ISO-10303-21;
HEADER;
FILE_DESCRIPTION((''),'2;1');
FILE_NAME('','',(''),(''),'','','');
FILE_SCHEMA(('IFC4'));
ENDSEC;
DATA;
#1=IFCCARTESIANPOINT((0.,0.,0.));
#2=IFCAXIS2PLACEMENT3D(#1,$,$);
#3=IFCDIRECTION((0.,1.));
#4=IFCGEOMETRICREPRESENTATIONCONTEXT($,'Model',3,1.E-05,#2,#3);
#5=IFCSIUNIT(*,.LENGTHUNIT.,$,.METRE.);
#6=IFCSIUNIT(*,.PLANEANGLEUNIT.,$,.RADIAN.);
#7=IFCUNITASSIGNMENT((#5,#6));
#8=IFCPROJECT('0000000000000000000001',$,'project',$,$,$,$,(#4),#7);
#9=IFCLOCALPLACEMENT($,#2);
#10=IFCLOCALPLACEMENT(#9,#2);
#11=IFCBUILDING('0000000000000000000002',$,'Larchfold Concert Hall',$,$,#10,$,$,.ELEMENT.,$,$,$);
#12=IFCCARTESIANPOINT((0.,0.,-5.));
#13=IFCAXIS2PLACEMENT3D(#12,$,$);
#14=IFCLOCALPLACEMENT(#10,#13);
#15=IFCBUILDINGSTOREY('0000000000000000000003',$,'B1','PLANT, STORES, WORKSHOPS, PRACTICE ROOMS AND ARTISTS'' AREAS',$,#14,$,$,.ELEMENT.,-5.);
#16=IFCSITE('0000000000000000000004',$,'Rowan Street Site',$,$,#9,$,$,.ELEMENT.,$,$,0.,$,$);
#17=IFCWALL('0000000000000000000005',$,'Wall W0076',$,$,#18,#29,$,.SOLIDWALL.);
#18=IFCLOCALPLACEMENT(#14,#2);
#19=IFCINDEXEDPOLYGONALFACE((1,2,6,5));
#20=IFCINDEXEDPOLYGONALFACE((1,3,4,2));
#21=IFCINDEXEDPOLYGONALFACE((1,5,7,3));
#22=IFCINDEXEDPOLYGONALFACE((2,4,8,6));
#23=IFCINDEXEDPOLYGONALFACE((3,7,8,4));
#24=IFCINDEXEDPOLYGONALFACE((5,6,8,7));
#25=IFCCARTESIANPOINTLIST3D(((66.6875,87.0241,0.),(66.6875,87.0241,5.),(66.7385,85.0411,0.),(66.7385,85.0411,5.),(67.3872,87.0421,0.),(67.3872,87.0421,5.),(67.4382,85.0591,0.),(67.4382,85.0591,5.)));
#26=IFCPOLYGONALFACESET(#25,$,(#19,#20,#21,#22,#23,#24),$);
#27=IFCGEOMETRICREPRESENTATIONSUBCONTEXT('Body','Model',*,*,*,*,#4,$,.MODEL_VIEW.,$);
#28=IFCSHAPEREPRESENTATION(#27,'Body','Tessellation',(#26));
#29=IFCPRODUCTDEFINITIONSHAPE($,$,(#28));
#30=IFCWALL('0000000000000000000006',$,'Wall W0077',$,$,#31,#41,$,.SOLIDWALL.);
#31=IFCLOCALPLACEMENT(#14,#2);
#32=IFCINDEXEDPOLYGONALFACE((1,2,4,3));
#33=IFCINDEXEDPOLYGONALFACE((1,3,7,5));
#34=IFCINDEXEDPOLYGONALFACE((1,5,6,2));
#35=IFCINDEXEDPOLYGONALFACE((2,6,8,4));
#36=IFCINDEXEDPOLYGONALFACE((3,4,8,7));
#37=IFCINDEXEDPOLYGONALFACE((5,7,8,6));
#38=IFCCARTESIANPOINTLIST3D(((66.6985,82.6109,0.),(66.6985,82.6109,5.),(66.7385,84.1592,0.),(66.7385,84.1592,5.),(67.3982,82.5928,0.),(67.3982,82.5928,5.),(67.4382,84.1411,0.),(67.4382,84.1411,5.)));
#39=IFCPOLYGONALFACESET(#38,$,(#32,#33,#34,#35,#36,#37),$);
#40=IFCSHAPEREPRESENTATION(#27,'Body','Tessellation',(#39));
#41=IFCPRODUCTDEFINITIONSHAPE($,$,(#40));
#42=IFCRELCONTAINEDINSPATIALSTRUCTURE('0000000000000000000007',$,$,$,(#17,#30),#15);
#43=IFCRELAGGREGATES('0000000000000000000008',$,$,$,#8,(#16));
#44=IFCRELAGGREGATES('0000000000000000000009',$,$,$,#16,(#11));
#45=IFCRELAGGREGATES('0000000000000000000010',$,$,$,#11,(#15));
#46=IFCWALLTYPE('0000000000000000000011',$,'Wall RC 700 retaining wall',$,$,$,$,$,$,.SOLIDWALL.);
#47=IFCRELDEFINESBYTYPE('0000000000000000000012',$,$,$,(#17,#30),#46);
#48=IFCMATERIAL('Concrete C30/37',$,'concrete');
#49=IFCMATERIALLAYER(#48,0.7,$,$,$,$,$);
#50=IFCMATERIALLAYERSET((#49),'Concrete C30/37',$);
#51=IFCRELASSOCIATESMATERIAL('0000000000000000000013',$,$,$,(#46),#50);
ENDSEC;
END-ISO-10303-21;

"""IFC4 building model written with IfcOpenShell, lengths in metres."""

from ifc_helpers import new_model, si_unit, direction, frame, frame_2d, origin, place, context, subcontext, project, spatial, rectangle, extrude, material, layer, layer_set, type_object, element, save


model = new_model("IFC4")

# Units and contexts
model_context = context("Model", 3, precision=1e-05, world=origin(), true_north=direction((0.0, 1.0)))
body_context = subcontext(model_context, "Body", "Model", "MODEL_VIEW")
ifc_project = project(units=[si_unit("LENGTHUNIT", "METRE"), si_unit("PLANEANGLEUNIT", "RADIAN")], contexts=[model_context])

# Site, building, storey
site_placement = place(None, origin())
site = spatial("IfcSite", under=ifc_project, at=site_placement, Name="Rowan Street Site", CompositionType="ELEMENT", RefElevation=0.0)
building_placement = place(site_placement, origin())
building = spatial("IfcBuilding", under=site, at=building_placement, Name="Larchfold Concert Hall", CompositionType="ELEMENT")
storey_placement = place(building_placement, frame((0.0, 0.0, -5.0)))
storey = spatial("IfcBuildingStorey", under=building, at=storey_placement, Name="B1", Description="PLANT, STORES, WORKSHOPS, PRACTICE ROOMS AND ARTISTS' AREAS", CompositionType="ELEMENT", Elevation=-5.0)

# Walls
ifc_material_1 = material(Name="Concrete C30/37", Category="concrete")
ifc_layer_1 = layer(ifc_material_1, 0.7)
ifc_layer_set_1 = layer_set([ifc_layer_1], Name="Concrete C30/37")
wall_type_1 = type_object("IfcWallType", Name="Wall RC 700 retaining wall", PredefinedType="SOLIDWALL", material=ifc_layer_set_1)
wall_1_placement = place(storey_placement, frame((67.0374, 87.033, 0.0), z_axis=(0.0, 0.0, 1.0), x_axis=(0.025724, -0.999669, 0.0)))
element("IfcWall", 1, at=wall_1_placement, inside=storey, type_object=wall_type_1, Name="Wall W0076", PredefinedType="SOLIDWALL", context=body_context, shape_type="SweptSolid", body=[
    extrude(rectangle(XDim=1.9836, YDim=0.7, at=frame_2d((0.9917, 0.0))), origin(), (0.0, 0.0, 1.0), 5.0),
])
wall_2_placement = place(storey_placement, frame((67.0884, 84.1501, 0.0), z_axis=(0.0, 0.0, 1.0), x_axis=(-0.025851, -0.999666, 0.0)))
element("IfcWall", 2, at=wall_2_placement, inside=storey, type_object=wall_type_1, Name="Wall W0077", PredefinedType="SOLIDWALL", context=body_context, shape_type="SweptSolid", body=[
    extrude(rectangle(XDim=1.5488, YDim=0.7, at=frame_2d((0.7744, 0.0))), origin(), (0.0, 0.0, 1.0), 5.0),
])

save(model, "model.ifc")
